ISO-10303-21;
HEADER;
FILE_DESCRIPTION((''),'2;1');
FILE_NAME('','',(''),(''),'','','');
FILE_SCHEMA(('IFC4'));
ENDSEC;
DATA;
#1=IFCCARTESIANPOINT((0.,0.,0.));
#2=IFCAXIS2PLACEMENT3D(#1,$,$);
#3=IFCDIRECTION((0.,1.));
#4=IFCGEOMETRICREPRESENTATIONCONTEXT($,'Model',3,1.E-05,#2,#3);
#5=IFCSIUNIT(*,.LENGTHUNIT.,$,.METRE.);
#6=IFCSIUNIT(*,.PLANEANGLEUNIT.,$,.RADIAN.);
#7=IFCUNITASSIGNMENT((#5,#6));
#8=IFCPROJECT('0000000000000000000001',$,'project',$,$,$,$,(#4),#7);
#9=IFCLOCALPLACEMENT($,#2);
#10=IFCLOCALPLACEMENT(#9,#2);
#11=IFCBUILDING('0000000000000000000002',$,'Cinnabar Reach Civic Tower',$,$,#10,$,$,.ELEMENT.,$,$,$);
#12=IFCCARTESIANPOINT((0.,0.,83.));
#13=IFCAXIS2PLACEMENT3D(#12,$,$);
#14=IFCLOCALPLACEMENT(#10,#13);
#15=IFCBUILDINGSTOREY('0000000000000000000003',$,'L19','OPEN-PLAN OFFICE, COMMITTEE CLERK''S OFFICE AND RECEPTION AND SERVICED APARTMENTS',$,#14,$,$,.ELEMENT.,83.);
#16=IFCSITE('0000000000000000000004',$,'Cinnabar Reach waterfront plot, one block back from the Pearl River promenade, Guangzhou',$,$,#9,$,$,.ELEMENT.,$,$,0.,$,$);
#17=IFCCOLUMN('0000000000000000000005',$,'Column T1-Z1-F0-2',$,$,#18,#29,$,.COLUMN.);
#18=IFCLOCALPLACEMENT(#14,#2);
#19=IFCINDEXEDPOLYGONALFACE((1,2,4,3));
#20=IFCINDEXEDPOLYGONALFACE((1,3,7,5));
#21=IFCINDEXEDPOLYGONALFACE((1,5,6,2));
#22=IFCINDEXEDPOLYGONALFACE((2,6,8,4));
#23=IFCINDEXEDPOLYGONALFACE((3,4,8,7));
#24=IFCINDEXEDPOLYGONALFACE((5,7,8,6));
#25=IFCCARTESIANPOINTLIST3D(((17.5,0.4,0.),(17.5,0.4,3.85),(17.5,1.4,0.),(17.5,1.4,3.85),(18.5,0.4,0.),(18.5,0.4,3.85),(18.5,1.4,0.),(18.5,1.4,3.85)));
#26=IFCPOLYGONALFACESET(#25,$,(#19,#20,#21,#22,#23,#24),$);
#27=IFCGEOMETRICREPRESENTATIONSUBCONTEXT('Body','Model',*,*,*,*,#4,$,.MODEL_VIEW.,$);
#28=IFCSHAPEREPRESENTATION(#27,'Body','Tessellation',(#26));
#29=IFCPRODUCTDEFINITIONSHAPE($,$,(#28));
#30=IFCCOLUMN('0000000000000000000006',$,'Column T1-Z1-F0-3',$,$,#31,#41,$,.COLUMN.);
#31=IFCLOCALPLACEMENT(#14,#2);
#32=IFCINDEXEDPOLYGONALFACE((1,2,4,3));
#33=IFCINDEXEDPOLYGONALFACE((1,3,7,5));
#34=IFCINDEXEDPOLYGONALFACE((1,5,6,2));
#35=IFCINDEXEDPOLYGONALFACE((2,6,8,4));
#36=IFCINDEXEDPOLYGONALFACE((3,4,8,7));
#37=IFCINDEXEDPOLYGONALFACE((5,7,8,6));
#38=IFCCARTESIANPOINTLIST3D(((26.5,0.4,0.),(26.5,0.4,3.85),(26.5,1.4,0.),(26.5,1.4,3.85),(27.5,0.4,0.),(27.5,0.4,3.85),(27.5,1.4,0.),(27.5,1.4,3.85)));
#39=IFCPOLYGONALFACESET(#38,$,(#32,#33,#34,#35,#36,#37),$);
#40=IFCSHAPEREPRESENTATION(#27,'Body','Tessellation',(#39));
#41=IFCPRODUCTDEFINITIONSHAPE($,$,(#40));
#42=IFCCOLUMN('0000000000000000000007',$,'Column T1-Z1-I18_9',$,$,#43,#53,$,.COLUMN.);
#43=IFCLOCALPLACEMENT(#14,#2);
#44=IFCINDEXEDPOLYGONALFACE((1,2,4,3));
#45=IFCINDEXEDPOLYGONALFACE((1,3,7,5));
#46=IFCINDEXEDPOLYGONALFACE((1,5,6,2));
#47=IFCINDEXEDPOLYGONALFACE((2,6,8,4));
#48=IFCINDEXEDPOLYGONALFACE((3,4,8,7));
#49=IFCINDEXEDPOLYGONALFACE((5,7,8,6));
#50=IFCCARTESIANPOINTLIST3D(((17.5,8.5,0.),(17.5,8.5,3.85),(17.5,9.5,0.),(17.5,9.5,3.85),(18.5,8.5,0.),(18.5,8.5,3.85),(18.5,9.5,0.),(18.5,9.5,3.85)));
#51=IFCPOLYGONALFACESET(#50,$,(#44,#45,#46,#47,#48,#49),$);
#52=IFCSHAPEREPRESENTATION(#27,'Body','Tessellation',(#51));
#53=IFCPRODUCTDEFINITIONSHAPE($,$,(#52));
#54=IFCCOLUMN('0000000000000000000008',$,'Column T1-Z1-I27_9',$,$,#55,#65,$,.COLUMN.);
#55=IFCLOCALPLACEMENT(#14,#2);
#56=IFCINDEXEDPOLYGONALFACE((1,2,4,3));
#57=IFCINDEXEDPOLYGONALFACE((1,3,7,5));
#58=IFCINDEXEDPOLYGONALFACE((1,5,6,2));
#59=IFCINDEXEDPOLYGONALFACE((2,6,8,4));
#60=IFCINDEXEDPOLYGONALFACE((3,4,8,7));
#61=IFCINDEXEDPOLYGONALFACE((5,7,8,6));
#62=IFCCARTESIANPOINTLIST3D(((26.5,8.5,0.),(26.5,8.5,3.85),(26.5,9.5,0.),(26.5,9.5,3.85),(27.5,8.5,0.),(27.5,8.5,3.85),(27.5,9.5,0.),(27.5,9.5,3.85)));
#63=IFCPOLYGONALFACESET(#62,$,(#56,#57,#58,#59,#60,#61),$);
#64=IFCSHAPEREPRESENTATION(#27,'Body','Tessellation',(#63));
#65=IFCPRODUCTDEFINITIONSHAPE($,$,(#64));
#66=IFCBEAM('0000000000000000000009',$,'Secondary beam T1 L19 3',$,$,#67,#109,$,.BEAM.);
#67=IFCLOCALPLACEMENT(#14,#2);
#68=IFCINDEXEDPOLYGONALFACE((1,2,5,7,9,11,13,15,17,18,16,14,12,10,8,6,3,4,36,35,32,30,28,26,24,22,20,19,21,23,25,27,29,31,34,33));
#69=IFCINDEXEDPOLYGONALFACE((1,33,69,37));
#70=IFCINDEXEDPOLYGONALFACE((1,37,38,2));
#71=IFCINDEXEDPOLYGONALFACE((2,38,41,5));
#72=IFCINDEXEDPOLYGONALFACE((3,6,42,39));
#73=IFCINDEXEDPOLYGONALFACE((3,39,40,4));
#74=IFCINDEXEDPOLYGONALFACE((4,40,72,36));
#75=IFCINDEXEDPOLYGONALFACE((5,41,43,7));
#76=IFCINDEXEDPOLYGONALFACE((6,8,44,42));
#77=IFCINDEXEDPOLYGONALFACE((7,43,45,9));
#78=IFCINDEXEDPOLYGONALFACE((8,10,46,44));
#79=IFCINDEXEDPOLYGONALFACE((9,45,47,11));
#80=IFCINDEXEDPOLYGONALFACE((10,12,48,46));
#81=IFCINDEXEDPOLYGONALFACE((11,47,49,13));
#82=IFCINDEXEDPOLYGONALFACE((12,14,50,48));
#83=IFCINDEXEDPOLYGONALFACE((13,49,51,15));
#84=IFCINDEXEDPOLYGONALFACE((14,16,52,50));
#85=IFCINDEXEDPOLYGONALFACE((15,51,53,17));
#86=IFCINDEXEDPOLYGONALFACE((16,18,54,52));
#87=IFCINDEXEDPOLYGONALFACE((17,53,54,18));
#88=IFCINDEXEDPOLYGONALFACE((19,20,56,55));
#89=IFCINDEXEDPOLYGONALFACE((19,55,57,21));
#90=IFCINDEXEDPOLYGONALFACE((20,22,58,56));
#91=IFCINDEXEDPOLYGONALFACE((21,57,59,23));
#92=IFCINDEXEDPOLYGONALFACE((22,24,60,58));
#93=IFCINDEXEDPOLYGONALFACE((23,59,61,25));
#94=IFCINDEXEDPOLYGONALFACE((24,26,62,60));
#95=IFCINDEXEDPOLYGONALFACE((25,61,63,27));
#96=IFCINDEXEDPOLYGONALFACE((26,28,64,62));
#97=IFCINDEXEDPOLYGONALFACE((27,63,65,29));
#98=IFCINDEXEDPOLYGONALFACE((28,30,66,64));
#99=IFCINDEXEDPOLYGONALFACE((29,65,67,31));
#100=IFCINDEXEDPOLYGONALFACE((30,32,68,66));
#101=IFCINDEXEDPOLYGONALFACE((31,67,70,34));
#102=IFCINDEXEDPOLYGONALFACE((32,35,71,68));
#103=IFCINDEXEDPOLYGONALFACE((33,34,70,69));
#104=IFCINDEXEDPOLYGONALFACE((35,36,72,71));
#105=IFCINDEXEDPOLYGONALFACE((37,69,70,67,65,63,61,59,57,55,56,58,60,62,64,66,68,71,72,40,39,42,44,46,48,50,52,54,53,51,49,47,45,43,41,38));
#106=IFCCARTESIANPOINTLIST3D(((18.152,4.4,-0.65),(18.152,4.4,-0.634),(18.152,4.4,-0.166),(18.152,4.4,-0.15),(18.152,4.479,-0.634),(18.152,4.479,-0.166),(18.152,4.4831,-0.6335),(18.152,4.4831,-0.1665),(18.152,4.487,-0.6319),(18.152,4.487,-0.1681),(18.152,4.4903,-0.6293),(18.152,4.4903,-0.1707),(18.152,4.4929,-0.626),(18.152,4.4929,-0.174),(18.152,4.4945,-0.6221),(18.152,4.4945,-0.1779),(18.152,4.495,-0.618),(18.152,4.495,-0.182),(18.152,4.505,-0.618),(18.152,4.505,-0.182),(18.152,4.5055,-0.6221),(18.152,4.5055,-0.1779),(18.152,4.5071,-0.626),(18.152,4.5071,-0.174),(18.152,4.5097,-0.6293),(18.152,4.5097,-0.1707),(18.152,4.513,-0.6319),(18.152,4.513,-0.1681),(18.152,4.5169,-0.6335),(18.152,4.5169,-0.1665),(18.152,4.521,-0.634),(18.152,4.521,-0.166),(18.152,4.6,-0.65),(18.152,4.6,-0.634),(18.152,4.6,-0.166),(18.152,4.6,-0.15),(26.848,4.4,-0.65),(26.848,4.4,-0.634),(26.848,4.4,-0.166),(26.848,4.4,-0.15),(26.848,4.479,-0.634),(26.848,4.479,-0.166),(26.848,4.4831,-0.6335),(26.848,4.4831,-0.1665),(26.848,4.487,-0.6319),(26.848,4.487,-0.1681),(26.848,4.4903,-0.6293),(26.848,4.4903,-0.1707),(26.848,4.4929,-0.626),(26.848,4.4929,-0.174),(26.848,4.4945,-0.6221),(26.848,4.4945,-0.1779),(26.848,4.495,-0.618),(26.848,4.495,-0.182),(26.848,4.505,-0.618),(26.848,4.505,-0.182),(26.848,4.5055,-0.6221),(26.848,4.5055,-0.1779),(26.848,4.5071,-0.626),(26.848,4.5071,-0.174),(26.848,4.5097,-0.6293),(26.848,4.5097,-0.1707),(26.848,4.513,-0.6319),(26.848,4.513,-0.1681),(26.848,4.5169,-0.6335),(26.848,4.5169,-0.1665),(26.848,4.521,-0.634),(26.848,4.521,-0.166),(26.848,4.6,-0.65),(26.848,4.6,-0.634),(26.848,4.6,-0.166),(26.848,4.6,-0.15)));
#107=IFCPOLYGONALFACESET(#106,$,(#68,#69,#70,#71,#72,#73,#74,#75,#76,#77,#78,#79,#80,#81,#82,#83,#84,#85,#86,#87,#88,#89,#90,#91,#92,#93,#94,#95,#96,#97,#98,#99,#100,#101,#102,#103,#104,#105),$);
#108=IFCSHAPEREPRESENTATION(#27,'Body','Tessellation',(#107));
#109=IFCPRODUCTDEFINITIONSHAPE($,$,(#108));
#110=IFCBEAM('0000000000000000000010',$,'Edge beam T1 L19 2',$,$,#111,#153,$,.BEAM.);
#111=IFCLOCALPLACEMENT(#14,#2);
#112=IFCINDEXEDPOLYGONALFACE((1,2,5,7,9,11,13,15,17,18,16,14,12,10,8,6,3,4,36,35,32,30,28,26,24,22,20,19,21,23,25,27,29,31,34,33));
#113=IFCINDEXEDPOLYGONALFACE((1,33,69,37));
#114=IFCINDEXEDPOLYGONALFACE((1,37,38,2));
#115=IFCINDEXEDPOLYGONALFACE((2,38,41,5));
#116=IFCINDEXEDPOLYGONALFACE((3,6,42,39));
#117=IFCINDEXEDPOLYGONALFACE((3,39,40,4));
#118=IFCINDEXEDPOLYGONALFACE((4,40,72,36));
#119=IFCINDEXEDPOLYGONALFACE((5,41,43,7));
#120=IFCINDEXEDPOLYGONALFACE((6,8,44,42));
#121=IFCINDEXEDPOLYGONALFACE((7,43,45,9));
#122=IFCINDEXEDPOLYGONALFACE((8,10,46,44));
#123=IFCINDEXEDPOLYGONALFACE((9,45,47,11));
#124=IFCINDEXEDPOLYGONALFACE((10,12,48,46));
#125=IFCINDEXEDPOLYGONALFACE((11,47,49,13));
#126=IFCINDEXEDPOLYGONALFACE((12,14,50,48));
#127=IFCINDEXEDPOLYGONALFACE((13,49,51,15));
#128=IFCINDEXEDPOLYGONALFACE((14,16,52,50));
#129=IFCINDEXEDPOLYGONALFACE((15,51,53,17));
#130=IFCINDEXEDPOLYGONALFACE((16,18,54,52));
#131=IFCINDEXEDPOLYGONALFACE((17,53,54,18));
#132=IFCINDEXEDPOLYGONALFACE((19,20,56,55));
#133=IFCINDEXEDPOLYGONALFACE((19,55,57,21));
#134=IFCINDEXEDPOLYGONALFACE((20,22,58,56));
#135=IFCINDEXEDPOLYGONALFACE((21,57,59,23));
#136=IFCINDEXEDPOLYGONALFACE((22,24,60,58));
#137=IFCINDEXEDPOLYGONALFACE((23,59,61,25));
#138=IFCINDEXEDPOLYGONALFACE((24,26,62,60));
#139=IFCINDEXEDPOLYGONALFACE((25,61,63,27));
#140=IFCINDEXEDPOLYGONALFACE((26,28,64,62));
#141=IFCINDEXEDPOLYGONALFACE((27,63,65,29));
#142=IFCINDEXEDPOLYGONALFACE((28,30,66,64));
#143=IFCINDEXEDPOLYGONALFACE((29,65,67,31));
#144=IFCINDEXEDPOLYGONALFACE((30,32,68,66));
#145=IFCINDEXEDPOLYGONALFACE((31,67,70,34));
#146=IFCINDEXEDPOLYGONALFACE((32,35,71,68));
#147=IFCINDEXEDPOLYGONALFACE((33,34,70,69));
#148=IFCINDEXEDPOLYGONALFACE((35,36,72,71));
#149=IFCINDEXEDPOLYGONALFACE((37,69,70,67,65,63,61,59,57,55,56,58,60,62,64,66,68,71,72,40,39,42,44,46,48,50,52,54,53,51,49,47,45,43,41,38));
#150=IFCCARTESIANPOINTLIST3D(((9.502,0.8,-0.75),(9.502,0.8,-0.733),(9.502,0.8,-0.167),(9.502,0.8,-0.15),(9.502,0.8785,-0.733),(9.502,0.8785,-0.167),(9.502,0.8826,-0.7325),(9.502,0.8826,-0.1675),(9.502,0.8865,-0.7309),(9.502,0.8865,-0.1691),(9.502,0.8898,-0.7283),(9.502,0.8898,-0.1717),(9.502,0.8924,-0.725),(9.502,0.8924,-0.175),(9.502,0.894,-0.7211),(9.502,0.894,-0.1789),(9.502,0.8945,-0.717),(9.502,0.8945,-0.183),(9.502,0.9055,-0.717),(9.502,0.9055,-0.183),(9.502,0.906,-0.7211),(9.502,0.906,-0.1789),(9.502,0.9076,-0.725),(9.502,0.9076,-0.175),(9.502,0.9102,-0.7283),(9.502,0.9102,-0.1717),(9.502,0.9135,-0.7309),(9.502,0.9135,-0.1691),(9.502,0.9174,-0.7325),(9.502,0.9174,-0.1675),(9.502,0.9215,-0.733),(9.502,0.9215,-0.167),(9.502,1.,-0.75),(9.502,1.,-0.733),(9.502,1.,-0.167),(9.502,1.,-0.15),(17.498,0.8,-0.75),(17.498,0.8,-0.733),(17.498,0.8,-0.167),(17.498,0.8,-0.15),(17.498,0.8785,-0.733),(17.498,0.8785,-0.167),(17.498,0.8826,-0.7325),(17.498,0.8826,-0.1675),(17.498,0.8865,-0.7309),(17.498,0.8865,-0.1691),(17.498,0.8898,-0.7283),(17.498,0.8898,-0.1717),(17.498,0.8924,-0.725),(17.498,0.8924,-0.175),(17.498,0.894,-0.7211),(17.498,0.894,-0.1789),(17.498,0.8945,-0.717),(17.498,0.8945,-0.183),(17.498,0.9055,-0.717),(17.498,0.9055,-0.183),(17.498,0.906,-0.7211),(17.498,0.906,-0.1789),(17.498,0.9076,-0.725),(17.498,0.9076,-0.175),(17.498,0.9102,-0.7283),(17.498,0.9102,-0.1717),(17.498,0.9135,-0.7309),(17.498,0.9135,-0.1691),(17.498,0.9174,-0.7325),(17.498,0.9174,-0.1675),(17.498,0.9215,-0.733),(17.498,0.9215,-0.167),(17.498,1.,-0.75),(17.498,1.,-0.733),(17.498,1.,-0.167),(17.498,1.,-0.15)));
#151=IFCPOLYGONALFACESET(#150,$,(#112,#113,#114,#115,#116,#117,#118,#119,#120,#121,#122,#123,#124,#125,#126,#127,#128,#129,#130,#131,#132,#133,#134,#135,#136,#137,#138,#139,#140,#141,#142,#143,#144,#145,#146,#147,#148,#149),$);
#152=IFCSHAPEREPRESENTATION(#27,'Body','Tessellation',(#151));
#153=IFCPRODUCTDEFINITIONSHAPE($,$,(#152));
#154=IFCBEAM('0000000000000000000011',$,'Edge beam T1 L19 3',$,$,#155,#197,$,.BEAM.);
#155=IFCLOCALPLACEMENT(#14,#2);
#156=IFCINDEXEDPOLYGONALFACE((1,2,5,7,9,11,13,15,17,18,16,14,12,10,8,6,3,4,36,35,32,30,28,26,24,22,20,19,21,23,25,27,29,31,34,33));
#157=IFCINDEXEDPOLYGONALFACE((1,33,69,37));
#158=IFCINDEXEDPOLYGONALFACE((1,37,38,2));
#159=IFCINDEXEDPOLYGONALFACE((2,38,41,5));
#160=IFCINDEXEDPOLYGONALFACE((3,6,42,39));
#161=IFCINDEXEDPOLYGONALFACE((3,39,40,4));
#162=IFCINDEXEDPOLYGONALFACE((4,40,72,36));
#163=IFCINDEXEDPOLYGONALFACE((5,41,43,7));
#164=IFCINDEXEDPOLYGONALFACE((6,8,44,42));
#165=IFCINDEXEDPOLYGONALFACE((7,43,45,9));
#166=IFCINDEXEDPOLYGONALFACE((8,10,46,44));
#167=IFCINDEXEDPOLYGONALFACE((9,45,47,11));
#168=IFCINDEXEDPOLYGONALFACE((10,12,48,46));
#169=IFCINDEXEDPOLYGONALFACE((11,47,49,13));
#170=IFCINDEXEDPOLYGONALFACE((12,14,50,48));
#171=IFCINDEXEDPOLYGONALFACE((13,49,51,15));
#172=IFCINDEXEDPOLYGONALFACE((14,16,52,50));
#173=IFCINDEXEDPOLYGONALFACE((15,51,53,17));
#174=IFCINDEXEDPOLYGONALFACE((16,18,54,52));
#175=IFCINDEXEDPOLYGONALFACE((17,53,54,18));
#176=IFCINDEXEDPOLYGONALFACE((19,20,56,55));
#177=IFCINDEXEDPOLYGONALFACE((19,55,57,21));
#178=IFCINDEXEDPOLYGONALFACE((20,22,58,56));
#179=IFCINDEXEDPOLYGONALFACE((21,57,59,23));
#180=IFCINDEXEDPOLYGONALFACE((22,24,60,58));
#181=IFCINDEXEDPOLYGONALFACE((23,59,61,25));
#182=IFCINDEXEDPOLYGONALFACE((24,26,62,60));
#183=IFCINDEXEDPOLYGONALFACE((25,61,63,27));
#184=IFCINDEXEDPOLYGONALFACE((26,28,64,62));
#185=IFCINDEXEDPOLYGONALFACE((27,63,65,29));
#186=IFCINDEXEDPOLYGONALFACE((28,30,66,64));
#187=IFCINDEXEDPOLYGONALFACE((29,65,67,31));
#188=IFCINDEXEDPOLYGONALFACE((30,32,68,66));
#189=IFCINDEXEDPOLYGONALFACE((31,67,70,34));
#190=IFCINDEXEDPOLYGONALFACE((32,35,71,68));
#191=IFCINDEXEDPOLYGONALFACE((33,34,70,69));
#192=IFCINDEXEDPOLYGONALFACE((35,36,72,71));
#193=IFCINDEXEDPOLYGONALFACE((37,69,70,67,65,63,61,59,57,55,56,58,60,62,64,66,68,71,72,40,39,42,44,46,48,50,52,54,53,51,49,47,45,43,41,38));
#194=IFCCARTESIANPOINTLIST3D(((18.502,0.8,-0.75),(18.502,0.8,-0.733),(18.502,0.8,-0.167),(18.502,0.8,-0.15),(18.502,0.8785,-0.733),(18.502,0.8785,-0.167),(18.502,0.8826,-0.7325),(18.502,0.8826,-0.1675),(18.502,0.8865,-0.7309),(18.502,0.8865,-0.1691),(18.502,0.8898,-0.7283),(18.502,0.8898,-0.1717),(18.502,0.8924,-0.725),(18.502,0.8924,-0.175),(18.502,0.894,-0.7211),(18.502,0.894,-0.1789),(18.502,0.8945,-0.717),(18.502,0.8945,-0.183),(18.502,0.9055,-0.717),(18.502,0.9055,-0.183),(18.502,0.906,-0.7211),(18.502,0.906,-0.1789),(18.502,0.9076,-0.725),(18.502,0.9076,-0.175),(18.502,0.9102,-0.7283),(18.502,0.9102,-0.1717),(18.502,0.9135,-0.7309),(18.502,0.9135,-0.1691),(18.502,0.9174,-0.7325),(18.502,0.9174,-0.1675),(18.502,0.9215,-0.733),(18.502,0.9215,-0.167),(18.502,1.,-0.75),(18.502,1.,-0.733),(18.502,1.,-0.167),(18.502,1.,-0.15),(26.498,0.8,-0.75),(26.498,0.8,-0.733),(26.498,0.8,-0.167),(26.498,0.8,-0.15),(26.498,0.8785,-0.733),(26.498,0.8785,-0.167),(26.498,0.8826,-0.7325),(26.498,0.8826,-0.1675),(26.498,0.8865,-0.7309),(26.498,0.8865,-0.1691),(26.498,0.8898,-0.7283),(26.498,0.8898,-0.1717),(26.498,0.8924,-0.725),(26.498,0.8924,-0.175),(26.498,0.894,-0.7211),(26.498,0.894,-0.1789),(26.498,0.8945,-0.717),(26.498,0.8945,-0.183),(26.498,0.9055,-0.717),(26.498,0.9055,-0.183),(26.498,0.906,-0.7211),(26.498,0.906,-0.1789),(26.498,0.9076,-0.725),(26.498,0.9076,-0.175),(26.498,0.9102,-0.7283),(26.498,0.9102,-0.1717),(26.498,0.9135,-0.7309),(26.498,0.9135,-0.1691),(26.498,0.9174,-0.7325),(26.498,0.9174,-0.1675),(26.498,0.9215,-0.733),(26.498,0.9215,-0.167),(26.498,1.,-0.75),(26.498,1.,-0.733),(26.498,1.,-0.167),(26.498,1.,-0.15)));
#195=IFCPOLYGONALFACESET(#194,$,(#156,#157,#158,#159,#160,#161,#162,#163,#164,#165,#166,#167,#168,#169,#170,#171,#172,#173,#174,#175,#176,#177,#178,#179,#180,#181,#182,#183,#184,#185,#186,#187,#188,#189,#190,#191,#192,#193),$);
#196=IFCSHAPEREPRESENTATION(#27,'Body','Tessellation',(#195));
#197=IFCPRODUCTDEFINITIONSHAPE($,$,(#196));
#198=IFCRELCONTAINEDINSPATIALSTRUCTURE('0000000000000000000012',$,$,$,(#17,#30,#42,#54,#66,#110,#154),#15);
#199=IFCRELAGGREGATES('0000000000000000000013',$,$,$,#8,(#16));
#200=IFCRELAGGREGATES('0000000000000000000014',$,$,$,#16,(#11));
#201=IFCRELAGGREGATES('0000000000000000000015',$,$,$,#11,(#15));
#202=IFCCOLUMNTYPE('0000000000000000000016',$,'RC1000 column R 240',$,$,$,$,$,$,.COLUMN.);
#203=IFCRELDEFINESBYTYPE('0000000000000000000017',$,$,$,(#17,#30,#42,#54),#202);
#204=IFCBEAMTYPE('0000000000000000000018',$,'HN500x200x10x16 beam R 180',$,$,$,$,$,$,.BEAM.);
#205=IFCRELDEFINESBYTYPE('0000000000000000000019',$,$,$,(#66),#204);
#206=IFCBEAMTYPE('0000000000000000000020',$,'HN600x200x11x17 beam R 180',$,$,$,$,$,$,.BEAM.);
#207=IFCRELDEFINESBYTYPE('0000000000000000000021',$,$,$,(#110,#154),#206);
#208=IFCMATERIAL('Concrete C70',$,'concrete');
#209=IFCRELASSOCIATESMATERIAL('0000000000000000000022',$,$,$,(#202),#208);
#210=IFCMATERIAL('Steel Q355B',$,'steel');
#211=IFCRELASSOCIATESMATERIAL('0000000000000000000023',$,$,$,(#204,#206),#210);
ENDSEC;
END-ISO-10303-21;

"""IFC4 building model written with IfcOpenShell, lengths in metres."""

from ifc_helpers import new_model, si_unit, direction, frame, origin, origin_2d, place, context, subcontext, project, spatial, rectangle, i_section, extrude, material, material_profile, profile_set, type_object, element, save


model = new_model("IFC4")

# Units and contexts
model_context = context("Model", 3, precision=1e-05, world=origin(), true_north=direction((0.0, 1.0)))
body_context = subcontext(model_context, "Body", "Model", "MODEL_VIEW")
ifc_project = project(units=[si_unit("LENGTHUNIT", "METRE"), si_unit("PLANEANGLEUNIT", "RADIAN")], contexts=[model_context])

# Site, building, storey
site_placement = place(None, origin())
site = spatial("IfcSite", under=ifc_project, at=site_placement, Name="Cinnabar Reach waterfront plot, one block back from the Pearl River promenade, Guangzhou", CompositionType="ELEMENT", RefElevation=0.0)
building_placement = place(site_placement, origin())
building = spatial("IfcBuilding", under=site, at=building_placement, Name="Cinnabar Reach Civic Tower", CompositionType="ELEMENT")
storey_placement = place(building_placement, frame((0.0, 0.0, 83.0)))
storey = spatial("IfcBuildingStorey", under=building, at=storey_placement, Name="L19", Description="OPEN-PLAN OFFICE, COMMITTEE CLERK'S OFFICE AND RECEPTION AND SERVICED APARTMENTS", CompositionType="ELEMENT", Elevation=83.0)

# Columns
ifc_material_1 = material(Name="Concrete C70", Category="concrete")
ifc_material_profile_1 = material_profile(ifc_material_1, rectangle(XDim=1.0, YDim=1.0, at=origin_2d()), Name="RC1000")
ifc_profile_set_1 = profile_set([ifc_material_profile_1], Name="Concrete C70")
column_type = type_object("IfcColumnType", Name="RC1000 column R 240", PredefinedType="COLUMN", material=ifc_profile_set_1)
for number, where, z_axis, x_axis, name in (
    (1, (18.0, 0.9, 0.0), (0.0, 0.0, 1.0), (1.0, 0.0, 0.0), "Column T1-Z1-F0-2"),
    (2, (27.0, 0.9, 0.0), (0.0, 0.0, 1.0), (1.0, 0.0, 0.0), "Column T1-Z1-F0-3"),
    (3, (18.0, 9.0, 0.0), (0.0, 0.0, 1.0), (1.0, 0.0, 0.0), "Column T1-Z1-I18_9"),
    (4, (27.0, 9.0, 0.0), (0.0, 0.0, 1.0), (1.0, 0.0, 0.0), "Column T1-Z1-I27_9"),
):
    element("IfcColumn", number, at=place(storey_placement, frame(where, z_axis=z_axis, x_axis=x_axis)), inside=storey, type_object=column_type, Name=name, PredefinedType="COLUMN", context=body_context, shape_type="SweptSolid", body=[
        extrude(rectangle(XDim=1.0, YDim=1.0, at=origin_2d()), origin(), (0.0, 0.0, 1.0), 3.85),
    ])

# Beams
ifc_material_2 = material(Name="Steel Q355B", Category="steel")
ifc_material_profile_2 = material_profile(ifc_material_2, i_section(OverallWidth=0.2, OverallDepth=0.5, WebThickness=0.01, FlangeThickness=0.016, FilletRadius=0.016, at=origin_2d()), Name="HN500x200x10x16")
ifc_profile_set_2 = profile_set([ifc_material_profile_2], Name="Steel Q355B")
beam_type_1 = type_object("IfcBeamType", Name="HN500x200x10x16 beam R 180", PredefinedType="BEAM", material=ifc_profile_set_2)
beam_1_placement = place(storey_placement, frame((18.152, 4.5, -0.4), z_axis=(1.0, 0.0, 0.0), x_axis=(0.0, 1.0, 0.0)))
element("IfcBeam", 5, at=beam_1_placement, inside=storey, type_object=beam_type_1, Name="Secondary beam T1 L19 3", PredefinedType="BEAM", context=body_context, shape_type="SweptSolid", body=[
    extrude(i_section(OverallWidth=0.2, OverallDepth=0.5, WebThickness=0.01, FlangeThickness=0.016, FilletRadius=0.016, at=origin_2d()), origin(), (0.0, 0.0, 1.0), 8.696),
])
ifc_material_profile_3 = material_profile(ifc_material_2, i_section(OverallWidth=0.2, OverallDepth=0.6, WebThickness=0.011, FlangeThickness=0.017, FilletRadius=0.016, at=origin_2d()), Name="HN600x200x11x17")
ifc_profile_set_3 = profile_set([ifc_material_profile_3], Name="Steel Q355B")
beam_type_2 = type_object("IfcBeamType", Name="HN600x200x11x17 beam R 180", PredefinedType="BEAM", material=ifc_profile_set_3)
for number, where, z_axis, x_axis, name in (
    (6, (9.502, 0.9, -0.45), (1.0, 0.0, 0.0), (0.0, 1.0, 0.0), "Edge beam T1 L19 2"),
    (7, (18.502, 0.9, -0.45), (1.0, 0.0, 0.0), (0.0, 1.0, 0.0), "Edge beam T1 L19 3"),
):
    element("IfcBeam", number, at=place(storey_placement, frame(where, z_axis=z_axis, x_axis=x_axis)), inside=storey, type_object=beam_type_2, Name=name, PredefinedType="BEAM", context=body_context, shape_type="SweptSolid", body=[
        extrude(i_section(OverallWidth=0.2, OverallDepth=0.6, WebThickness=0.011, FlangeThickness=0.017, FilletRadius=0.016, at=origin_2d()), origin(), (0.0, 0.0, 1.0), 7.996),
    ])

save(model, "model.ifc")
